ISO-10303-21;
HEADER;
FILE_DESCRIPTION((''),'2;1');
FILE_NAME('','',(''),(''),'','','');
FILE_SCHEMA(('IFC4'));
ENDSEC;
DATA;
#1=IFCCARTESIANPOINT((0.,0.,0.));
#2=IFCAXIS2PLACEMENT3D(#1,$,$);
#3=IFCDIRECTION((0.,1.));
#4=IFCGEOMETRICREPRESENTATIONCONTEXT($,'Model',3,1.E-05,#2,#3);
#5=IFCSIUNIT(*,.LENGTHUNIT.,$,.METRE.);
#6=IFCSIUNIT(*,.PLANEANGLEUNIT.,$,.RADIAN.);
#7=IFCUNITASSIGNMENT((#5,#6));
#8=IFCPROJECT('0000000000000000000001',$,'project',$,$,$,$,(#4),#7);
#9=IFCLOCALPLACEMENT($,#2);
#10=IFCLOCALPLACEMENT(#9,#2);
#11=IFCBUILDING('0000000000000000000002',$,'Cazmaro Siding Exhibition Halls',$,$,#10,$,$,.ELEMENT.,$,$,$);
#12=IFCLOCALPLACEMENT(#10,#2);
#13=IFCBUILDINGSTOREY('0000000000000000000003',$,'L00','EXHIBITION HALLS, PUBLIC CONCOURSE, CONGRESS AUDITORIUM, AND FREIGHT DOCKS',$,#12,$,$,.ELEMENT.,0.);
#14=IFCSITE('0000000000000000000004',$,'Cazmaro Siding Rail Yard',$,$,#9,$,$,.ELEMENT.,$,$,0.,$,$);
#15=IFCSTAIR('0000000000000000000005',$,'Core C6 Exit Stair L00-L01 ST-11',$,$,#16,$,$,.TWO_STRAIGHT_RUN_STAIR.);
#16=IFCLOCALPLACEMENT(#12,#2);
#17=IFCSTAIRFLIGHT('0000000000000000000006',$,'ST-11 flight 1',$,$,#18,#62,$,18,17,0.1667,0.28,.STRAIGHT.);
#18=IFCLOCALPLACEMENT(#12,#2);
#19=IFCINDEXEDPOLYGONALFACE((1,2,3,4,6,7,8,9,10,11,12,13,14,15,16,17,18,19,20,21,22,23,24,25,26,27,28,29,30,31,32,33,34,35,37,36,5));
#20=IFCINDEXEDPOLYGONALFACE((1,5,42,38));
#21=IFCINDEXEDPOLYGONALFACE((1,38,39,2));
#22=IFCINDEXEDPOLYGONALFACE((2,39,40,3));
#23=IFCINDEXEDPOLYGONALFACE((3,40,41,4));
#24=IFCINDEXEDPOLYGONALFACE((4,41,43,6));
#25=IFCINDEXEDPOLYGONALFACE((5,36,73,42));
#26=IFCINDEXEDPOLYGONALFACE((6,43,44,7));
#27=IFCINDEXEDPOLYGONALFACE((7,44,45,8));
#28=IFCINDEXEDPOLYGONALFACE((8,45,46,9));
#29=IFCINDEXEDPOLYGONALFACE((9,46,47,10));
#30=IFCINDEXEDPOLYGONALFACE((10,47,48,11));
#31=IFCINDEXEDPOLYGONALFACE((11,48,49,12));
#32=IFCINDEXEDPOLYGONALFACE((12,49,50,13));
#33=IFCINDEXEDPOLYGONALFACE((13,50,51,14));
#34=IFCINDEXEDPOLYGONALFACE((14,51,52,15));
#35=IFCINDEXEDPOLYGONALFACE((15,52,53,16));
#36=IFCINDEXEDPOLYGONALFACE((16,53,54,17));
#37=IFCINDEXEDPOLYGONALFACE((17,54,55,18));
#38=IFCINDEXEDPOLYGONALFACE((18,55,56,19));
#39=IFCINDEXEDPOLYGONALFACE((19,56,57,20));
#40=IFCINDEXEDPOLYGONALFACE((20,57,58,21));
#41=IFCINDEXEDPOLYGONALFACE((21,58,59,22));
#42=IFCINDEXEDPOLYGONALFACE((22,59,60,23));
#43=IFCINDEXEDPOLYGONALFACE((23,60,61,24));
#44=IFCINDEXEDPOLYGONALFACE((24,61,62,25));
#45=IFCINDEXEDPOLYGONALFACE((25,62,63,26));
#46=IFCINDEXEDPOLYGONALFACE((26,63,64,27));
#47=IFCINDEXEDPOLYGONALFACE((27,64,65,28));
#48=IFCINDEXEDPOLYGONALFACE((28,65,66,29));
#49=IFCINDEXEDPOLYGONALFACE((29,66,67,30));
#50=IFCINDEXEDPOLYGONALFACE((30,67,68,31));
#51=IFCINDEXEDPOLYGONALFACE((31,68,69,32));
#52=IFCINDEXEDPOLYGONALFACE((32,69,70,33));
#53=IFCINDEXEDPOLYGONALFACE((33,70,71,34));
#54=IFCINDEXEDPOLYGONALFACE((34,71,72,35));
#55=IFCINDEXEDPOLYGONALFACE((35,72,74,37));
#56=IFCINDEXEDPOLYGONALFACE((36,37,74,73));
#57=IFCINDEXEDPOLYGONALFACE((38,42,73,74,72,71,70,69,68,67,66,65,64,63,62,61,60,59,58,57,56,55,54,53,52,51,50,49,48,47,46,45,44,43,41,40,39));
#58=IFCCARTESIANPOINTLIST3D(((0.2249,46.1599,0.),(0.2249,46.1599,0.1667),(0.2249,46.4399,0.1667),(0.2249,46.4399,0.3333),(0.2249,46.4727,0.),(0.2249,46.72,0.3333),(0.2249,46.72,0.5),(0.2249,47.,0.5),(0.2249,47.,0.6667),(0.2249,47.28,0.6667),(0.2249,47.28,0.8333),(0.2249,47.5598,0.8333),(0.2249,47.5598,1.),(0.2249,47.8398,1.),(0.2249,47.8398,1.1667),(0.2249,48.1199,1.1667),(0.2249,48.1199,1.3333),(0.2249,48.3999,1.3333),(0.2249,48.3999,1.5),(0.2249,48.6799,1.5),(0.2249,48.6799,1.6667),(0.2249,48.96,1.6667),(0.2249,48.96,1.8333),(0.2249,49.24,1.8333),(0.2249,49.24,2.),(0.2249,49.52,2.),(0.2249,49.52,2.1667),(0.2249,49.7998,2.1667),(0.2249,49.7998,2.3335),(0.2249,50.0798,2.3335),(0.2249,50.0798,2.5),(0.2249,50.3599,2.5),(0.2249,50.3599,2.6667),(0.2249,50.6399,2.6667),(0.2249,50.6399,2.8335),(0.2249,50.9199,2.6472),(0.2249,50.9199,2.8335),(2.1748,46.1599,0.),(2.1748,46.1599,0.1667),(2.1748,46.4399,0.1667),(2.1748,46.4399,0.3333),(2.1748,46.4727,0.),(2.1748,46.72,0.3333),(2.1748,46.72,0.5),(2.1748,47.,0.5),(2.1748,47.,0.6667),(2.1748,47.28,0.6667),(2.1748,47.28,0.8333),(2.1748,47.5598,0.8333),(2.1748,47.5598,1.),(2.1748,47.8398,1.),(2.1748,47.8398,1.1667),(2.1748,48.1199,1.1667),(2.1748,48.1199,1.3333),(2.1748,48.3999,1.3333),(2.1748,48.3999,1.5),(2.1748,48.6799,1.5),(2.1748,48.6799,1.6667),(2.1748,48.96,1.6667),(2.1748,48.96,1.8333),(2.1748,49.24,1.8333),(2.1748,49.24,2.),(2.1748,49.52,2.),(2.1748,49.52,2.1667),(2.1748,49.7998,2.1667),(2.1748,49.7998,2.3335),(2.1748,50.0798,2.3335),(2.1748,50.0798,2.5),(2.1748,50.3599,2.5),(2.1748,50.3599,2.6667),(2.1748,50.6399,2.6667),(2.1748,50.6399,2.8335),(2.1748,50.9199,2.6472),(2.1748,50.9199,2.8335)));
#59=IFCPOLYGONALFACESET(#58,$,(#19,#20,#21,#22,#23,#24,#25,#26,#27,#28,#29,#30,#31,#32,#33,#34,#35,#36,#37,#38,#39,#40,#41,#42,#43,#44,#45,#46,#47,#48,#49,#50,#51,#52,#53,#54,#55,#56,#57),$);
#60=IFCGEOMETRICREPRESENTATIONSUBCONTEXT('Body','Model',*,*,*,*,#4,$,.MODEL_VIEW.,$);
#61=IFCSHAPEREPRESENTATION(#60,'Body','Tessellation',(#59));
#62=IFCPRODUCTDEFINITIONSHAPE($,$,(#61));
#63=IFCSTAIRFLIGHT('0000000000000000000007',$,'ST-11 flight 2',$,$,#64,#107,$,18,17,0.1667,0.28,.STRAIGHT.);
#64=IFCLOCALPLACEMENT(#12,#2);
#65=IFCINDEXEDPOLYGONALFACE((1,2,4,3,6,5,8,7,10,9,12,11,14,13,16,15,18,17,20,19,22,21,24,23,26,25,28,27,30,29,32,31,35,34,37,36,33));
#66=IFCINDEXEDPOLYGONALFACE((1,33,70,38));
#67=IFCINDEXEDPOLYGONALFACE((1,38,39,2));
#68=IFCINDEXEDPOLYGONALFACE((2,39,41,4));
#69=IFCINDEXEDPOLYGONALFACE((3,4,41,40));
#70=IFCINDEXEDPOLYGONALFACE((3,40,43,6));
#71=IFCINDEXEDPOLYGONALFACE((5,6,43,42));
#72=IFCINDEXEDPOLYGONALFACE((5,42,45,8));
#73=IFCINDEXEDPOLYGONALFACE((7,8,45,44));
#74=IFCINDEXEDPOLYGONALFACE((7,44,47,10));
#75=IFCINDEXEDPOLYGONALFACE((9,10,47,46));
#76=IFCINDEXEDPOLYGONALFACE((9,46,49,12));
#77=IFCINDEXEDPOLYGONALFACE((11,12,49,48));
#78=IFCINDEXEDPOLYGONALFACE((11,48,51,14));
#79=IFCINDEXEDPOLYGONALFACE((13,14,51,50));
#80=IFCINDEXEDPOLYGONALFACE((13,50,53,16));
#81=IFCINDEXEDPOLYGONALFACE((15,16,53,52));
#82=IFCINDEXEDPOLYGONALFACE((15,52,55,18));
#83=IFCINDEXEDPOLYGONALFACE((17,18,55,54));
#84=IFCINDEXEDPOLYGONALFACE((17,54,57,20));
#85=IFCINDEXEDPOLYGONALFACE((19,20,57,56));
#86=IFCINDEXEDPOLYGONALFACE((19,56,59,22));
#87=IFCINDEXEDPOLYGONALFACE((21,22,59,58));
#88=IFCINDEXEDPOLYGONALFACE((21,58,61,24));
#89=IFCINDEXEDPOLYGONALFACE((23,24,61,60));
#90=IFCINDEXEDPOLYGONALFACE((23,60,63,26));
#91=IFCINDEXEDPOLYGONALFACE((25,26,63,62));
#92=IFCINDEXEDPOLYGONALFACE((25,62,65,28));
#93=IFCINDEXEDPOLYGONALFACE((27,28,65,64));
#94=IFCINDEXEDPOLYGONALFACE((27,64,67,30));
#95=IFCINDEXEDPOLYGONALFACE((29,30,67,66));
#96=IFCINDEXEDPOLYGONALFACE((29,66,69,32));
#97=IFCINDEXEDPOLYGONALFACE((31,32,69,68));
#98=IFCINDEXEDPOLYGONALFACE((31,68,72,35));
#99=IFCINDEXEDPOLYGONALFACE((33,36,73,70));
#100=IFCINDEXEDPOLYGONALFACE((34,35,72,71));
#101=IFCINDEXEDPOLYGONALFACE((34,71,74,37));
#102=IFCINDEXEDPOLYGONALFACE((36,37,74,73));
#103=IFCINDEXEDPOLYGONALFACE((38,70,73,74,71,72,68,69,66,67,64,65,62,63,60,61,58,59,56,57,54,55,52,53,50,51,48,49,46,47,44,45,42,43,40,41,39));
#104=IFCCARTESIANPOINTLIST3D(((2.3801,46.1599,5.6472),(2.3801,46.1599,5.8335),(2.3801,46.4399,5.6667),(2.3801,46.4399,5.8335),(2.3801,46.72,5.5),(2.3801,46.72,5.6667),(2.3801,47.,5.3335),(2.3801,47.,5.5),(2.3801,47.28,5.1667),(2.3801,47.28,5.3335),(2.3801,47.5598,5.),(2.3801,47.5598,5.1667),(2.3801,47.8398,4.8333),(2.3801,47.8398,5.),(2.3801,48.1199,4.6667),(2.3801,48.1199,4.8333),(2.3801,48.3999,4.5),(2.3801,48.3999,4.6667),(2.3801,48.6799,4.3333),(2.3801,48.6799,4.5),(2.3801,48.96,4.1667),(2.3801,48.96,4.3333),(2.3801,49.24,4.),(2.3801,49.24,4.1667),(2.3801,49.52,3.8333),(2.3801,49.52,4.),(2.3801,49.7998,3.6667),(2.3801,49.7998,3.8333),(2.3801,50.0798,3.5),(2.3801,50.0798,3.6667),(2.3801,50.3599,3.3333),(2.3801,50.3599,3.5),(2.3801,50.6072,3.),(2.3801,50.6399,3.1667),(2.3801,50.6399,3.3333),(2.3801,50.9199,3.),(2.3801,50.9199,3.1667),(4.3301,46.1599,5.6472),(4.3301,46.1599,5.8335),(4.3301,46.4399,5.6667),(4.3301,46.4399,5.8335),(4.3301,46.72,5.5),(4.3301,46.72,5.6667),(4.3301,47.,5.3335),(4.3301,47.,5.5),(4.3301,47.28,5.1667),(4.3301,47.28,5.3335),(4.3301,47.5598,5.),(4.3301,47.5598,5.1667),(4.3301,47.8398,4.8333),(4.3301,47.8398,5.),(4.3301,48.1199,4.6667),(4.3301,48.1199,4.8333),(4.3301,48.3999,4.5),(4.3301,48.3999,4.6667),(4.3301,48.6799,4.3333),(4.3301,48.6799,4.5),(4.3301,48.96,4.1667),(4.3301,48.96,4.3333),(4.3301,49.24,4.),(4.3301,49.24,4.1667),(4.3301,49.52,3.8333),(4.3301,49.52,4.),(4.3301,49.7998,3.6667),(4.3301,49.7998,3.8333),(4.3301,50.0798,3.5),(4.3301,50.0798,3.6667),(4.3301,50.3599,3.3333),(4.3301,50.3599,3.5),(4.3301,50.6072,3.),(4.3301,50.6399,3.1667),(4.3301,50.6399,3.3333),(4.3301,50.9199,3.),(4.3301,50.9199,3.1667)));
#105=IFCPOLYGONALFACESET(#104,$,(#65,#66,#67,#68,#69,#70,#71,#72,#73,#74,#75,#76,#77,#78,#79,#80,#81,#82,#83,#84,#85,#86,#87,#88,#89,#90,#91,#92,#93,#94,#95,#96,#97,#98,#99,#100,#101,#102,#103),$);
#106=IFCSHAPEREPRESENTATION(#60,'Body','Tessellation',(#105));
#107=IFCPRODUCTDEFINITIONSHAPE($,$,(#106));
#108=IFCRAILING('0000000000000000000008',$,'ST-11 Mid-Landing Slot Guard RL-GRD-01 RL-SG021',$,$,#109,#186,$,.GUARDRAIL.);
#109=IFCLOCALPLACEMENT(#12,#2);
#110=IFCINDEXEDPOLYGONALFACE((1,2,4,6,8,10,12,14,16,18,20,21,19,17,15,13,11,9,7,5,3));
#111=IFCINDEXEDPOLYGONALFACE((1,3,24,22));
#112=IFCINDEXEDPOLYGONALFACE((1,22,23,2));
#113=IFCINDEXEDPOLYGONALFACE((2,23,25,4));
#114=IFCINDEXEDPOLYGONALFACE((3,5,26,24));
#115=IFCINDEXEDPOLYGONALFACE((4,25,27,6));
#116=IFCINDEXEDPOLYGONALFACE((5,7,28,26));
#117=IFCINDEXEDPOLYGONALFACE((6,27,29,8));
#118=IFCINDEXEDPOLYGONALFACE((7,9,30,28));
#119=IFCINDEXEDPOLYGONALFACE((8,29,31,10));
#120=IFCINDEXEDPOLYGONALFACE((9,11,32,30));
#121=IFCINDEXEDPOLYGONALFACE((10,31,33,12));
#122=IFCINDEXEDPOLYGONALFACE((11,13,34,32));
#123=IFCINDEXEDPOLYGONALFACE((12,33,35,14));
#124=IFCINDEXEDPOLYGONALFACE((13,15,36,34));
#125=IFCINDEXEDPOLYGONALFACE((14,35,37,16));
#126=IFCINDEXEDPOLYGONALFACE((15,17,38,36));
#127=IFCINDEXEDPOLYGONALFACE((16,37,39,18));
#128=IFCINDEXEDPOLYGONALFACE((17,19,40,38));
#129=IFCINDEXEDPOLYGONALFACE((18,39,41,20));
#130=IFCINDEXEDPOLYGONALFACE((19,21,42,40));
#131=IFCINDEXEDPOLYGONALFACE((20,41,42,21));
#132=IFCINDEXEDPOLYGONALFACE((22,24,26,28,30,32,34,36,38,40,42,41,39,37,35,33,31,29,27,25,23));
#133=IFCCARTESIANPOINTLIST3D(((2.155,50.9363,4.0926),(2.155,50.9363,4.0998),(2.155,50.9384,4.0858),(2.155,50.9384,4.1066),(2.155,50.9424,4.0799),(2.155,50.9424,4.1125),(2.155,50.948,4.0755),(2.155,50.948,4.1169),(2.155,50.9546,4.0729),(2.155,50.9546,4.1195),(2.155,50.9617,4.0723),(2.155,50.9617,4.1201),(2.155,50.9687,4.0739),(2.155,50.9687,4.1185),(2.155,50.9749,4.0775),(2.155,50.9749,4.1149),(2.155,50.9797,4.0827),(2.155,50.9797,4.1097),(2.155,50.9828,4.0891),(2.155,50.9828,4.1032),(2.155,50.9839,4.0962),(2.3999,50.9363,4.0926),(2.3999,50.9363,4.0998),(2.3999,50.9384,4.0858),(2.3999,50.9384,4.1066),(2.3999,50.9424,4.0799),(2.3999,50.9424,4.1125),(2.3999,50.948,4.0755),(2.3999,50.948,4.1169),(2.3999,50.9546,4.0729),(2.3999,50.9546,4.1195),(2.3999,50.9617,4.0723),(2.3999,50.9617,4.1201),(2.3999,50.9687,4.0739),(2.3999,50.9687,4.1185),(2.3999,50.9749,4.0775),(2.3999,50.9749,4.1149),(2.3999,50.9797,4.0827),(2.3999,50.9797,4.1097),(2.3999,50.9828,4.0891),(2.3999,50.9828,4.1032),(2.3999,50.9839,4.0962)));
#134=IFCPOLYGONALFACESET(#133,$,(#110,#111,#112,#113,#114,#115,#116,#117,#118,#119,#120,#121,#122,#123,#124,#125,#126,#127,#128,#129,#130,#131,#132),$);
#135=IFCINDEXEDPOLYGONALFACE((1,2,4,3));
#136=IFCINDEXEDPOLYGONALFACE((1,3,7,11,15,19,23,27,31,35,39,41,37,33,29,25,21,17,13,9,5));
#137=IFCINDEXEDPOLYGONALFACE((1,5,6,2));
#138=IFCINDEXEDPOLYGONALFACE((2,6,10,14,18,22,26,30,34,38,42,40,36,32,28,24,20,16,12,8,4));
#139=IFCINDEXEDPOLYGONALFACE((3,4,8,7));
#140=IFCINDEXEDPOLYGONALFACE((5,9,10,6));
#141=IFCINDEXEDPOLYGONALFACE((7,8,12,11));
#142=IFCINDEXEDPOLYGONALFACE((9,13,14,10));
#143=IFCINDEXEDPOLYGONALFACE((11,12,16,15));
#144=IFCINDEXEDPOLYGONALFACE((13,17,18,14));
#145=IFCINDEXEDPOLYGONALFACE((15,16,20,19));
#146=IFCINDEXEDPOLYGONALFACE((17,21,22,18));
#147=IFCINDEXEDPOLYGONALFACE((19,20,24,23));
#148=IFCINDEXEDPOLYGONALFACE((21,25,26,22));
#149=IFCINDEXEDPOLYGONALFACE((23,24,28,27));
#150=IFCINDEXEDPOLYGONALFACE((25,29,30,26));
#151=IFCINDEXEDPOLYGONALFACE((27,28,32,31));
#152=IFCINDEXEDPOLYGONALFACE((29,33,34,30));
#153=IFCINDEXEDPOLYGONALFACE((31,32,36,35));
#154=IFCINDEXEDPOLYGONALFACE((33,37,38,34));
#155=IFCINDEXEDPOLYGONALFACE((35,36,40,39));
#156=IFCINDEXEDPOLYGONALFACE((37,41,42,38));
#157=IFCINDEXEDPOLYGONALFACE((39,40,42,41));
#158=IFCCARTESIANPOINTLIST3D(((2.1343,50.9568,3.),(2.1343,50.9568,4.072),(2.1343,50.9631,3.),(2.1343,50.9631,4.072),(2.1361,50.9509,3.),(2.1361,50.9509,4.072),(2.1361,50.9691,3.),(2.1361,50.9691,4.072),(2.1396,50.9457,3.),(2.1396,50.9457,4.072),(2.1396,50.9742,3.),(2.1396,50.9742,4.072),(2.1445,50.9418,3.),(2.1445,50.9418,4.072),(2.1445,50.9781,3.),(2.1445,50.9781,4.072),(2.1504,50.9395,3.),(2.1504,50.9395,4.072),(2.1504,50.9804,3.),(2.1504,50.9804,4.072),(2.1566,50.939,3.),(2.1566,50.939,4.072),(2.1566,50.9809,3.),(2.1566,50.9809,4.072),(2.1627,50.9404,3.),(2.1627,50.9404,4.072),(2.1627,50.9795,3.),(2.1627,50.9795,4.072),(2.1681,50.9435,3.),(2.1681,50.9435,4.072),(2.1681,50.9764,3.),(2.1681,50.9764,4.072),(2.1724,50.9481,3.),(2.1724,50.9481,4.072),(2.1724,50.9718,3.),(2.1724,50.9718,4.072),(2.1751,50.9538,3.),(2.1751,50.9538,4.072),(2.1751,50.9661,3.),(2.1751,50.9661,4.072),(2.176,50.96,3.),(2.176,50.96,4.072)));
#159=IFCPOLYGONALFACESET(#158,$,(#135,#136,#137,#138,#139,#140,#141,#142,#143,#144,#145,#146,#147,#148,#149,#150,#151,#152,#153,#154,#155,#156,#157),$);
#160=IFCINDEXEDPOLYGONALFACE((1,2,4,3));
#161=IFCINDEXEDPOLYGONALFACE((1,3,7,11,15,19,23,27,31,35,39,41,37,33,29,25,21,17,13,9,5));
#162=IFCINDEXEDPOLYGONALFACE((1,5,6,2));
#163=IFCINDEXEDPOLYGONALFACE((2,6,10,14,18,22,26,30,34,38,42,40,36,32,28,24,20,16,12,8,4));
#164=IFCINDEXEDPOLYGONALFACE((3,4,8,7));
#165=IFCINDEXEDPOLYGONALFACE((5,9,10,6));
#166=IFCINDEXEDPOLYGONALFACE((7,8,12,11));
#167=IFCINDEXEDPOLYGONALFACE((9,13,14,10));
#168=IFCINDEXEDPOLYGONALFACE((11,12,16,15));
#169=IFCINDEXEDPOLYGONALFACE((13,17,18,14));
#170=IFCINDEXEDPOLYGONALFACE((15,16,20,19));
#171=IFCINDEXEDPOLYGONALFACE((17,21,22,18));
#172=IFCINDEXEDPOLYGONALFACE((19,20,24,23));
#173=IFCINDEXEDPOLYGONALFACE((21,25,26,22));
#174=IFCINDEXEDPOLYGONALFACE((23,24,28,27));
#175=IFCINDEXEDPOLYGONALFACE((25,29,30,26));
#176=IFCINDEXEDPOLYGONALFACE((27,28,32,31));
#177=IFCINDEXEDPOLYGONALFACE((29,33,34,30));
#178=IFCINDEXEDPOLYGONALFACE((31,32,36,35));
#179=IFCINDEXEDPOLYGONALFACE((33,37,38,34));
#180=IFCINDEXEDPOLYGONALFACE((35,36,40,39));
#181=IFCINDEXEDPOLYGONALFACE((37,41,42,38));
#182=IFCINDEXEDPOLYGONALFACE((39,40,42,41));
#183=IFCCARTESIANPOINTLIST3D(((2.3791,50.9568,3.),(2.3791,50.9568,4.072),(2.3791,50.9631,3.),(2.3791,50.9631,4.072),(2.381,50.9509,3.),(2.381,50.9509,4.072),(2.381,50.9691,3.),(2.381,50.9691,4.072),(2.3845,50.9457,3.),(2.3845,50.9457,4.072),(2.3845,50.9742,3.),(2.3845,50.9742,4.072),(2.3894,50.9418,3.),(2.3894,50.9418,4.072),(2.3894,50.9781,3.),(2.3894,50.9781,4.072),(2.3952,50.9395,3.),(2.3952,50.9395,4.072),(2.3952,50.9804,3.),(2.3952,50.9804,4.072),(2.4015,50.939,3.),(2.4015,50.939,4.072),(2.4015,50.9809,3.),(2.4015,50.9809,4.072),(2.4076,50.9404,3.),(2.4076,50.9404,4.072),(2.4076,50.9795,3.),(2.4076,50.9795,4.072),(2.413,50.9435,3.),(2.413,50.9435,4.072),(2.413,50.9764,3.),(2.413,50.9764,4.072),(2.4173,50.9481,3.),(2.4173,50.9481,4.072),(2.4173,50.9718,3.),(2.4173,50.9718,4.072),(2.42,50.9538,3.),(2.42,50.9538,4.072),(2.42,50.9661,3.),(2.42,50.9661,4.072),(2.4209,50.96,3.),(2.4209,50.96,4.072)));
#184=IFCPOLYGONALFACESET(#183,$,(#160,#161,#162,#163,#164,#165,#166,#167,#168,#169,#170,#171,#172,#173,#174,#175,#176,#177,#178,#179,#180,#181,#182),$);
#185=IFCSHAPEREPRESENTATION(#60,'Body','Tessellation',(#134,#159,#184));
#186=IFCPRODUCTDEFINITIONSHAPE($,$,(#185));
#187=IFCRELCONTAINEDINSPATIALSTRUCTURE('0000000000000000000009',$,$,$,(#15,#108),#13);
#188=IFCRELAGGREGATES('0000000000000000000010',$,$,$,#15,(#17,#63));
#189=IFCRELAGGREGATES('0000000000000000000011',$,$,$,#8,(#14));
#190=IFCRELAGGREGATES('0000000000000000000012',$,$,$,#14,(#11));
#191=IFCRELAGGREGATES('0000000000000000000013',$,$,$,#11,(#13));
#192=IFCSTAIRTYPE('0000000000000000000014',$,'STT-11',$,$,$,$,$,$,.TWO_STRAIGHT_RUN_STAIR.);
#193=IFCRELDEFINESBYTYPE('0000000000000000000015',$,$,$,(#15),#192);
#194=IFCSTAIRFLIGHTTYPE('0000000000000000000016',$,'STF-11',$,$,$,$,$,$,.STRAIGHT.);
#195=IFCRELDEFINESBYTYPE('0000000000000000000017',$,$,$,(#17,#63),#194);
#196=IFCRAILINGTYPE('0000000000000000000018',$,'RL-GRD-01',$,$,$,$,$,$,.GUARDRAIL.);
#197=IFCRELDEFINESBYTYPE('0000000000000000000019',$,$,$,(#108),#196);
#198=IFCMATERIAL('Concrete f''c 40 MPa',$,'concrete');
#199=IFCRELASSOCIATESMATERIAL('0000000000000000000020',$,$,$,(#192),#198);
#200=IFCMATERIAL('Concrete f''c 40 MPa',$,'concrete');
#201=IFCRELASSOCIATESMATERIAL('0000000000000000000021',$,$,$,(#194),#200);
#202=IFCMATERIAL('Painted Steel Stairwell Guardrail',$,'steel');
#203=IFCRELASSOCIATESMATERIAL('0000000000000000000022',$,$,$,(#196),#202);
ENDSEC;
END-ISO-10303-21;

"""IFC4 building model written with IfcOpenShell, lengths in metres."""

from ifc_helpers import new_model, si_unit, direction, frame, origin, origin_2d, place, context, subcontext, project, spatial, polyline, circle, outline, extrude, material, type_object, element, aggregate, save


model = new_model("IFC4")

# Units and contexts
model_context = context("Model", 3, precision=1e-05, world=origin(), true_north=direction((0.0, 1.0)))
body_context = subcontext(model_context, "Body", "Model", "MODEL_VIEW")
ifc_project = project(units=[si_unit("LENGTHUNIT", "METRE"), si_unit("PLANEANGLEUNIT", "RADIAN")], contexts=[model_context])

# Site, building, storey
site_placement = place(None, origin())
site = spatial("IfcSite", under=ifc_project, at=site_placement, Name="Cazmaro Siding Rail Yard", CompositionType="ELEMENT", RefElevation=0.0)
building_placement = place(site_placement, origin())
building = spatial("IfcBuilding", under=site, at=building_placement, Name="Cazmaro Siding Exhibition Halls", CompositionType="ELEMENT")
storey_placement = place(building_placement, origin())
storey = spatial("IfcBuildingStorey", under=building, at=storey_placement, Name="L00", Description="EXHIBITION HALLS, PUBLIC CONCOURSE, CONGRESS AUDITORIUM, AND FREIGHT DOCKS", CompositionType="ELEMENT", Elevation=0.0)

# Stair, stair flights
ifc_material_1 = material(Name="Concrete f'c 40 MPa", Category="concrete")
stair_type = type_object("IfcStairType", Name="STT-11", PredefinedType="TWO_STRAIGHT_RUN_STAIR", material=ifc_material_1)
stair_placement = place(storey_placement, origin())
stair = element("IfcStair", 1, at=stair_placement, inside=storey, type_object=stair_type, Name="Core C6 Exit Stair L00-L01 ST-11", PredefinedType="TWO_STRAIGHT_RUN_STAIR")
ifc_material_2 = material(Name="Concrete f'c 40 MPa", Category="concrete")
stair_flight_type = type_object("IfcStairFlightType", Name="STF-11", PredefinedType="STRAIGHT", material=ifc_material_2)
stair_flight_1_placement = place(storey_placement, frame((1.2, 46.1599, 0.0), z_axis=(0.0, 0.0, 1.0), x_axis=(0.0, 1.0, 0.0)))
stair_flight_1 = element("IfcStairFlight", 2, at=stair_flight_1_placement, type_object=stair_flight_type, Name="ST-11 flight 1", NumberOfRisers=18, NumberOfTreads=17, PredefinedType="STRAIGHT", RiserHeight=0.1667, TreadLength=0.28, context=body_context, shape_type="SweptSolid", body=[
    extrude(outline(polyline([(0.0, 0.0), (0.0, 0.1667), (0.28, 0.1667), (0.28, 0.3333), (0.5601, 0.3333), (0.5601, 0.5), (0.8401, 0.5), (0.8401, 0.6667), (1.1201, 0.6667), (1.1201, 0.8333), (1.3999, 0.8333), (1.3999, 1.0), (1.6799, 1.0), (1.6799, 1.1667), (1.96, 1.1667), (1.96, 1.3333), (2.24, 1.3333), (2.24, 1.5), (2.52, 1.5), (2.52, 1.6667), (2.8, 1.6667), (2.8, 1.8333), (3.0801, 1.8333), (3.0801, 2.0), (3.3601, 2.0), (3.3601, 2.1667), (3.6399, 2.1667), (3.6399, 2.3335), (3.9199, 2.3335), (3.9199, 2.5), (4.2, 2.5), (4.2, 2.6667), (4.48, 2.6667), (4.48, 2.8335), (4.76, 2.8335), (4.76, 3.0), (4.76, 2.6472), (0.3127, 0.0), (0.0, 0.0)])), frame((0.0, 0.9751, 0.0), z_axis=(0.0, -1.0, 0.0), x_axis=(1.0, 0.0, 0.0)), (0.0, 0.0, 1.0), 1.95),
])
stair_flight_2_placement = place(storey_placement, frame((3.355, 50.9199, 3.0), z_axis=(0.0, 0.0, 1.0), x_axis=(0.0, -1.0, 0.0)))
stair_flight_2 = element("IfcStairFlight", 3, at=stair_flight_2_placement, type_object=stair_flight_type, Name="ST-11 flight 2", NumberOfRisers=18, NumberOfTreads=17, PredefinedType="STRAIGHT", RiserHeight=0.1667, TreadLength=0.28, context=body_context, shape_type="SweptSolid", body=[
    extrude(outline(polyline([(0.0, 0.0), (0.0, 0.1667), (0.28, 0.1667), (0.28, 0.3333), (0.5601, 0.3333), (0.5601, 0.5), (0.8401, 0.5), (0.8401, 0.6667), (1.1201, 0.6667), (1.1201, 0.8333), (1.3999, 0.8333), (1.3999, 1.0), (1.6799, 1.0), (1.6799, 1.1667), (1.96, 1.1667), (1.96, 1.3333), (2.24, 1.3333), (2.24, 1.5), (2.52, 1.5), (2.52, 1.6667), (2.8, 1.6667), (2.8, 1.8333), (3.0801, 1.8333), (3.0801, 2.0), (3.3601, 2.0), (3.3601, 2.1667), (3.6399, 2.1667), (3.6399, 2.3335), (3.9199, 2.3335), (3.9199, 2.5), (4.2, 2.5), (4.2, 2.6667), (4.48, 2.6667), (4.48, 2.8335), (4.76, 2.8335), (4.76, 3.0), (4.76, 2.6472), (0.3127, 0.0), (0.0, 0.0)])), frame((0.0, 0.9751, 0.0), z_axis=(0.0, -1.0, 0.0), x_axis=(1.0, 0.0, 0.0)), (0.0, 0.0, 1.0), 1.95),
])
aggregate(stair, [stair_flight_1, stair_flight_2])

# Railing
ifc_material_3 = material(Name="Painted Steel Stairwell Guardrail", Category="steel")
railing_type_1 = type_object("IfcRailingType", Name="RL-GRD-01", PredefinedType="GUARDRAIL", material=ifc_material_3)
railing_1_placement = place(storey_placement, frame((2.155, 50.96, 3.0)))
element("IfcRailing", 4, at=railing_1_placement, inside=storey, type_object=railing_type_1, Name="ST-11 Mid-Landing Slot Guard RL-GRD-01 RL-SG021", PredefinedType="GUARDRAIL", context=body_context, shape_type="SweptSolid", body=[
    extrude(circle(Radius=0.0239, at=origin_2d()), frame((0.0, 0.0, 1.0962), z_axis=(1.0, 0.0, 0.0), x_axis=(0.0, 1.0, 0.0)), (0.0, 0.0, 1.0), 0.2449),
    extrude(circle(Radius=0.021, at=origin_2d()), origin(), (0.0, 0.0, 1.0), 1.072),
    extrude(circle(Radius=0.021, at=origin_2d()), frame((0.2449, 0.0, 0.0)), (0.0, 0.0, 1.0), 1.072),
])

save(model, "model.ifc")
